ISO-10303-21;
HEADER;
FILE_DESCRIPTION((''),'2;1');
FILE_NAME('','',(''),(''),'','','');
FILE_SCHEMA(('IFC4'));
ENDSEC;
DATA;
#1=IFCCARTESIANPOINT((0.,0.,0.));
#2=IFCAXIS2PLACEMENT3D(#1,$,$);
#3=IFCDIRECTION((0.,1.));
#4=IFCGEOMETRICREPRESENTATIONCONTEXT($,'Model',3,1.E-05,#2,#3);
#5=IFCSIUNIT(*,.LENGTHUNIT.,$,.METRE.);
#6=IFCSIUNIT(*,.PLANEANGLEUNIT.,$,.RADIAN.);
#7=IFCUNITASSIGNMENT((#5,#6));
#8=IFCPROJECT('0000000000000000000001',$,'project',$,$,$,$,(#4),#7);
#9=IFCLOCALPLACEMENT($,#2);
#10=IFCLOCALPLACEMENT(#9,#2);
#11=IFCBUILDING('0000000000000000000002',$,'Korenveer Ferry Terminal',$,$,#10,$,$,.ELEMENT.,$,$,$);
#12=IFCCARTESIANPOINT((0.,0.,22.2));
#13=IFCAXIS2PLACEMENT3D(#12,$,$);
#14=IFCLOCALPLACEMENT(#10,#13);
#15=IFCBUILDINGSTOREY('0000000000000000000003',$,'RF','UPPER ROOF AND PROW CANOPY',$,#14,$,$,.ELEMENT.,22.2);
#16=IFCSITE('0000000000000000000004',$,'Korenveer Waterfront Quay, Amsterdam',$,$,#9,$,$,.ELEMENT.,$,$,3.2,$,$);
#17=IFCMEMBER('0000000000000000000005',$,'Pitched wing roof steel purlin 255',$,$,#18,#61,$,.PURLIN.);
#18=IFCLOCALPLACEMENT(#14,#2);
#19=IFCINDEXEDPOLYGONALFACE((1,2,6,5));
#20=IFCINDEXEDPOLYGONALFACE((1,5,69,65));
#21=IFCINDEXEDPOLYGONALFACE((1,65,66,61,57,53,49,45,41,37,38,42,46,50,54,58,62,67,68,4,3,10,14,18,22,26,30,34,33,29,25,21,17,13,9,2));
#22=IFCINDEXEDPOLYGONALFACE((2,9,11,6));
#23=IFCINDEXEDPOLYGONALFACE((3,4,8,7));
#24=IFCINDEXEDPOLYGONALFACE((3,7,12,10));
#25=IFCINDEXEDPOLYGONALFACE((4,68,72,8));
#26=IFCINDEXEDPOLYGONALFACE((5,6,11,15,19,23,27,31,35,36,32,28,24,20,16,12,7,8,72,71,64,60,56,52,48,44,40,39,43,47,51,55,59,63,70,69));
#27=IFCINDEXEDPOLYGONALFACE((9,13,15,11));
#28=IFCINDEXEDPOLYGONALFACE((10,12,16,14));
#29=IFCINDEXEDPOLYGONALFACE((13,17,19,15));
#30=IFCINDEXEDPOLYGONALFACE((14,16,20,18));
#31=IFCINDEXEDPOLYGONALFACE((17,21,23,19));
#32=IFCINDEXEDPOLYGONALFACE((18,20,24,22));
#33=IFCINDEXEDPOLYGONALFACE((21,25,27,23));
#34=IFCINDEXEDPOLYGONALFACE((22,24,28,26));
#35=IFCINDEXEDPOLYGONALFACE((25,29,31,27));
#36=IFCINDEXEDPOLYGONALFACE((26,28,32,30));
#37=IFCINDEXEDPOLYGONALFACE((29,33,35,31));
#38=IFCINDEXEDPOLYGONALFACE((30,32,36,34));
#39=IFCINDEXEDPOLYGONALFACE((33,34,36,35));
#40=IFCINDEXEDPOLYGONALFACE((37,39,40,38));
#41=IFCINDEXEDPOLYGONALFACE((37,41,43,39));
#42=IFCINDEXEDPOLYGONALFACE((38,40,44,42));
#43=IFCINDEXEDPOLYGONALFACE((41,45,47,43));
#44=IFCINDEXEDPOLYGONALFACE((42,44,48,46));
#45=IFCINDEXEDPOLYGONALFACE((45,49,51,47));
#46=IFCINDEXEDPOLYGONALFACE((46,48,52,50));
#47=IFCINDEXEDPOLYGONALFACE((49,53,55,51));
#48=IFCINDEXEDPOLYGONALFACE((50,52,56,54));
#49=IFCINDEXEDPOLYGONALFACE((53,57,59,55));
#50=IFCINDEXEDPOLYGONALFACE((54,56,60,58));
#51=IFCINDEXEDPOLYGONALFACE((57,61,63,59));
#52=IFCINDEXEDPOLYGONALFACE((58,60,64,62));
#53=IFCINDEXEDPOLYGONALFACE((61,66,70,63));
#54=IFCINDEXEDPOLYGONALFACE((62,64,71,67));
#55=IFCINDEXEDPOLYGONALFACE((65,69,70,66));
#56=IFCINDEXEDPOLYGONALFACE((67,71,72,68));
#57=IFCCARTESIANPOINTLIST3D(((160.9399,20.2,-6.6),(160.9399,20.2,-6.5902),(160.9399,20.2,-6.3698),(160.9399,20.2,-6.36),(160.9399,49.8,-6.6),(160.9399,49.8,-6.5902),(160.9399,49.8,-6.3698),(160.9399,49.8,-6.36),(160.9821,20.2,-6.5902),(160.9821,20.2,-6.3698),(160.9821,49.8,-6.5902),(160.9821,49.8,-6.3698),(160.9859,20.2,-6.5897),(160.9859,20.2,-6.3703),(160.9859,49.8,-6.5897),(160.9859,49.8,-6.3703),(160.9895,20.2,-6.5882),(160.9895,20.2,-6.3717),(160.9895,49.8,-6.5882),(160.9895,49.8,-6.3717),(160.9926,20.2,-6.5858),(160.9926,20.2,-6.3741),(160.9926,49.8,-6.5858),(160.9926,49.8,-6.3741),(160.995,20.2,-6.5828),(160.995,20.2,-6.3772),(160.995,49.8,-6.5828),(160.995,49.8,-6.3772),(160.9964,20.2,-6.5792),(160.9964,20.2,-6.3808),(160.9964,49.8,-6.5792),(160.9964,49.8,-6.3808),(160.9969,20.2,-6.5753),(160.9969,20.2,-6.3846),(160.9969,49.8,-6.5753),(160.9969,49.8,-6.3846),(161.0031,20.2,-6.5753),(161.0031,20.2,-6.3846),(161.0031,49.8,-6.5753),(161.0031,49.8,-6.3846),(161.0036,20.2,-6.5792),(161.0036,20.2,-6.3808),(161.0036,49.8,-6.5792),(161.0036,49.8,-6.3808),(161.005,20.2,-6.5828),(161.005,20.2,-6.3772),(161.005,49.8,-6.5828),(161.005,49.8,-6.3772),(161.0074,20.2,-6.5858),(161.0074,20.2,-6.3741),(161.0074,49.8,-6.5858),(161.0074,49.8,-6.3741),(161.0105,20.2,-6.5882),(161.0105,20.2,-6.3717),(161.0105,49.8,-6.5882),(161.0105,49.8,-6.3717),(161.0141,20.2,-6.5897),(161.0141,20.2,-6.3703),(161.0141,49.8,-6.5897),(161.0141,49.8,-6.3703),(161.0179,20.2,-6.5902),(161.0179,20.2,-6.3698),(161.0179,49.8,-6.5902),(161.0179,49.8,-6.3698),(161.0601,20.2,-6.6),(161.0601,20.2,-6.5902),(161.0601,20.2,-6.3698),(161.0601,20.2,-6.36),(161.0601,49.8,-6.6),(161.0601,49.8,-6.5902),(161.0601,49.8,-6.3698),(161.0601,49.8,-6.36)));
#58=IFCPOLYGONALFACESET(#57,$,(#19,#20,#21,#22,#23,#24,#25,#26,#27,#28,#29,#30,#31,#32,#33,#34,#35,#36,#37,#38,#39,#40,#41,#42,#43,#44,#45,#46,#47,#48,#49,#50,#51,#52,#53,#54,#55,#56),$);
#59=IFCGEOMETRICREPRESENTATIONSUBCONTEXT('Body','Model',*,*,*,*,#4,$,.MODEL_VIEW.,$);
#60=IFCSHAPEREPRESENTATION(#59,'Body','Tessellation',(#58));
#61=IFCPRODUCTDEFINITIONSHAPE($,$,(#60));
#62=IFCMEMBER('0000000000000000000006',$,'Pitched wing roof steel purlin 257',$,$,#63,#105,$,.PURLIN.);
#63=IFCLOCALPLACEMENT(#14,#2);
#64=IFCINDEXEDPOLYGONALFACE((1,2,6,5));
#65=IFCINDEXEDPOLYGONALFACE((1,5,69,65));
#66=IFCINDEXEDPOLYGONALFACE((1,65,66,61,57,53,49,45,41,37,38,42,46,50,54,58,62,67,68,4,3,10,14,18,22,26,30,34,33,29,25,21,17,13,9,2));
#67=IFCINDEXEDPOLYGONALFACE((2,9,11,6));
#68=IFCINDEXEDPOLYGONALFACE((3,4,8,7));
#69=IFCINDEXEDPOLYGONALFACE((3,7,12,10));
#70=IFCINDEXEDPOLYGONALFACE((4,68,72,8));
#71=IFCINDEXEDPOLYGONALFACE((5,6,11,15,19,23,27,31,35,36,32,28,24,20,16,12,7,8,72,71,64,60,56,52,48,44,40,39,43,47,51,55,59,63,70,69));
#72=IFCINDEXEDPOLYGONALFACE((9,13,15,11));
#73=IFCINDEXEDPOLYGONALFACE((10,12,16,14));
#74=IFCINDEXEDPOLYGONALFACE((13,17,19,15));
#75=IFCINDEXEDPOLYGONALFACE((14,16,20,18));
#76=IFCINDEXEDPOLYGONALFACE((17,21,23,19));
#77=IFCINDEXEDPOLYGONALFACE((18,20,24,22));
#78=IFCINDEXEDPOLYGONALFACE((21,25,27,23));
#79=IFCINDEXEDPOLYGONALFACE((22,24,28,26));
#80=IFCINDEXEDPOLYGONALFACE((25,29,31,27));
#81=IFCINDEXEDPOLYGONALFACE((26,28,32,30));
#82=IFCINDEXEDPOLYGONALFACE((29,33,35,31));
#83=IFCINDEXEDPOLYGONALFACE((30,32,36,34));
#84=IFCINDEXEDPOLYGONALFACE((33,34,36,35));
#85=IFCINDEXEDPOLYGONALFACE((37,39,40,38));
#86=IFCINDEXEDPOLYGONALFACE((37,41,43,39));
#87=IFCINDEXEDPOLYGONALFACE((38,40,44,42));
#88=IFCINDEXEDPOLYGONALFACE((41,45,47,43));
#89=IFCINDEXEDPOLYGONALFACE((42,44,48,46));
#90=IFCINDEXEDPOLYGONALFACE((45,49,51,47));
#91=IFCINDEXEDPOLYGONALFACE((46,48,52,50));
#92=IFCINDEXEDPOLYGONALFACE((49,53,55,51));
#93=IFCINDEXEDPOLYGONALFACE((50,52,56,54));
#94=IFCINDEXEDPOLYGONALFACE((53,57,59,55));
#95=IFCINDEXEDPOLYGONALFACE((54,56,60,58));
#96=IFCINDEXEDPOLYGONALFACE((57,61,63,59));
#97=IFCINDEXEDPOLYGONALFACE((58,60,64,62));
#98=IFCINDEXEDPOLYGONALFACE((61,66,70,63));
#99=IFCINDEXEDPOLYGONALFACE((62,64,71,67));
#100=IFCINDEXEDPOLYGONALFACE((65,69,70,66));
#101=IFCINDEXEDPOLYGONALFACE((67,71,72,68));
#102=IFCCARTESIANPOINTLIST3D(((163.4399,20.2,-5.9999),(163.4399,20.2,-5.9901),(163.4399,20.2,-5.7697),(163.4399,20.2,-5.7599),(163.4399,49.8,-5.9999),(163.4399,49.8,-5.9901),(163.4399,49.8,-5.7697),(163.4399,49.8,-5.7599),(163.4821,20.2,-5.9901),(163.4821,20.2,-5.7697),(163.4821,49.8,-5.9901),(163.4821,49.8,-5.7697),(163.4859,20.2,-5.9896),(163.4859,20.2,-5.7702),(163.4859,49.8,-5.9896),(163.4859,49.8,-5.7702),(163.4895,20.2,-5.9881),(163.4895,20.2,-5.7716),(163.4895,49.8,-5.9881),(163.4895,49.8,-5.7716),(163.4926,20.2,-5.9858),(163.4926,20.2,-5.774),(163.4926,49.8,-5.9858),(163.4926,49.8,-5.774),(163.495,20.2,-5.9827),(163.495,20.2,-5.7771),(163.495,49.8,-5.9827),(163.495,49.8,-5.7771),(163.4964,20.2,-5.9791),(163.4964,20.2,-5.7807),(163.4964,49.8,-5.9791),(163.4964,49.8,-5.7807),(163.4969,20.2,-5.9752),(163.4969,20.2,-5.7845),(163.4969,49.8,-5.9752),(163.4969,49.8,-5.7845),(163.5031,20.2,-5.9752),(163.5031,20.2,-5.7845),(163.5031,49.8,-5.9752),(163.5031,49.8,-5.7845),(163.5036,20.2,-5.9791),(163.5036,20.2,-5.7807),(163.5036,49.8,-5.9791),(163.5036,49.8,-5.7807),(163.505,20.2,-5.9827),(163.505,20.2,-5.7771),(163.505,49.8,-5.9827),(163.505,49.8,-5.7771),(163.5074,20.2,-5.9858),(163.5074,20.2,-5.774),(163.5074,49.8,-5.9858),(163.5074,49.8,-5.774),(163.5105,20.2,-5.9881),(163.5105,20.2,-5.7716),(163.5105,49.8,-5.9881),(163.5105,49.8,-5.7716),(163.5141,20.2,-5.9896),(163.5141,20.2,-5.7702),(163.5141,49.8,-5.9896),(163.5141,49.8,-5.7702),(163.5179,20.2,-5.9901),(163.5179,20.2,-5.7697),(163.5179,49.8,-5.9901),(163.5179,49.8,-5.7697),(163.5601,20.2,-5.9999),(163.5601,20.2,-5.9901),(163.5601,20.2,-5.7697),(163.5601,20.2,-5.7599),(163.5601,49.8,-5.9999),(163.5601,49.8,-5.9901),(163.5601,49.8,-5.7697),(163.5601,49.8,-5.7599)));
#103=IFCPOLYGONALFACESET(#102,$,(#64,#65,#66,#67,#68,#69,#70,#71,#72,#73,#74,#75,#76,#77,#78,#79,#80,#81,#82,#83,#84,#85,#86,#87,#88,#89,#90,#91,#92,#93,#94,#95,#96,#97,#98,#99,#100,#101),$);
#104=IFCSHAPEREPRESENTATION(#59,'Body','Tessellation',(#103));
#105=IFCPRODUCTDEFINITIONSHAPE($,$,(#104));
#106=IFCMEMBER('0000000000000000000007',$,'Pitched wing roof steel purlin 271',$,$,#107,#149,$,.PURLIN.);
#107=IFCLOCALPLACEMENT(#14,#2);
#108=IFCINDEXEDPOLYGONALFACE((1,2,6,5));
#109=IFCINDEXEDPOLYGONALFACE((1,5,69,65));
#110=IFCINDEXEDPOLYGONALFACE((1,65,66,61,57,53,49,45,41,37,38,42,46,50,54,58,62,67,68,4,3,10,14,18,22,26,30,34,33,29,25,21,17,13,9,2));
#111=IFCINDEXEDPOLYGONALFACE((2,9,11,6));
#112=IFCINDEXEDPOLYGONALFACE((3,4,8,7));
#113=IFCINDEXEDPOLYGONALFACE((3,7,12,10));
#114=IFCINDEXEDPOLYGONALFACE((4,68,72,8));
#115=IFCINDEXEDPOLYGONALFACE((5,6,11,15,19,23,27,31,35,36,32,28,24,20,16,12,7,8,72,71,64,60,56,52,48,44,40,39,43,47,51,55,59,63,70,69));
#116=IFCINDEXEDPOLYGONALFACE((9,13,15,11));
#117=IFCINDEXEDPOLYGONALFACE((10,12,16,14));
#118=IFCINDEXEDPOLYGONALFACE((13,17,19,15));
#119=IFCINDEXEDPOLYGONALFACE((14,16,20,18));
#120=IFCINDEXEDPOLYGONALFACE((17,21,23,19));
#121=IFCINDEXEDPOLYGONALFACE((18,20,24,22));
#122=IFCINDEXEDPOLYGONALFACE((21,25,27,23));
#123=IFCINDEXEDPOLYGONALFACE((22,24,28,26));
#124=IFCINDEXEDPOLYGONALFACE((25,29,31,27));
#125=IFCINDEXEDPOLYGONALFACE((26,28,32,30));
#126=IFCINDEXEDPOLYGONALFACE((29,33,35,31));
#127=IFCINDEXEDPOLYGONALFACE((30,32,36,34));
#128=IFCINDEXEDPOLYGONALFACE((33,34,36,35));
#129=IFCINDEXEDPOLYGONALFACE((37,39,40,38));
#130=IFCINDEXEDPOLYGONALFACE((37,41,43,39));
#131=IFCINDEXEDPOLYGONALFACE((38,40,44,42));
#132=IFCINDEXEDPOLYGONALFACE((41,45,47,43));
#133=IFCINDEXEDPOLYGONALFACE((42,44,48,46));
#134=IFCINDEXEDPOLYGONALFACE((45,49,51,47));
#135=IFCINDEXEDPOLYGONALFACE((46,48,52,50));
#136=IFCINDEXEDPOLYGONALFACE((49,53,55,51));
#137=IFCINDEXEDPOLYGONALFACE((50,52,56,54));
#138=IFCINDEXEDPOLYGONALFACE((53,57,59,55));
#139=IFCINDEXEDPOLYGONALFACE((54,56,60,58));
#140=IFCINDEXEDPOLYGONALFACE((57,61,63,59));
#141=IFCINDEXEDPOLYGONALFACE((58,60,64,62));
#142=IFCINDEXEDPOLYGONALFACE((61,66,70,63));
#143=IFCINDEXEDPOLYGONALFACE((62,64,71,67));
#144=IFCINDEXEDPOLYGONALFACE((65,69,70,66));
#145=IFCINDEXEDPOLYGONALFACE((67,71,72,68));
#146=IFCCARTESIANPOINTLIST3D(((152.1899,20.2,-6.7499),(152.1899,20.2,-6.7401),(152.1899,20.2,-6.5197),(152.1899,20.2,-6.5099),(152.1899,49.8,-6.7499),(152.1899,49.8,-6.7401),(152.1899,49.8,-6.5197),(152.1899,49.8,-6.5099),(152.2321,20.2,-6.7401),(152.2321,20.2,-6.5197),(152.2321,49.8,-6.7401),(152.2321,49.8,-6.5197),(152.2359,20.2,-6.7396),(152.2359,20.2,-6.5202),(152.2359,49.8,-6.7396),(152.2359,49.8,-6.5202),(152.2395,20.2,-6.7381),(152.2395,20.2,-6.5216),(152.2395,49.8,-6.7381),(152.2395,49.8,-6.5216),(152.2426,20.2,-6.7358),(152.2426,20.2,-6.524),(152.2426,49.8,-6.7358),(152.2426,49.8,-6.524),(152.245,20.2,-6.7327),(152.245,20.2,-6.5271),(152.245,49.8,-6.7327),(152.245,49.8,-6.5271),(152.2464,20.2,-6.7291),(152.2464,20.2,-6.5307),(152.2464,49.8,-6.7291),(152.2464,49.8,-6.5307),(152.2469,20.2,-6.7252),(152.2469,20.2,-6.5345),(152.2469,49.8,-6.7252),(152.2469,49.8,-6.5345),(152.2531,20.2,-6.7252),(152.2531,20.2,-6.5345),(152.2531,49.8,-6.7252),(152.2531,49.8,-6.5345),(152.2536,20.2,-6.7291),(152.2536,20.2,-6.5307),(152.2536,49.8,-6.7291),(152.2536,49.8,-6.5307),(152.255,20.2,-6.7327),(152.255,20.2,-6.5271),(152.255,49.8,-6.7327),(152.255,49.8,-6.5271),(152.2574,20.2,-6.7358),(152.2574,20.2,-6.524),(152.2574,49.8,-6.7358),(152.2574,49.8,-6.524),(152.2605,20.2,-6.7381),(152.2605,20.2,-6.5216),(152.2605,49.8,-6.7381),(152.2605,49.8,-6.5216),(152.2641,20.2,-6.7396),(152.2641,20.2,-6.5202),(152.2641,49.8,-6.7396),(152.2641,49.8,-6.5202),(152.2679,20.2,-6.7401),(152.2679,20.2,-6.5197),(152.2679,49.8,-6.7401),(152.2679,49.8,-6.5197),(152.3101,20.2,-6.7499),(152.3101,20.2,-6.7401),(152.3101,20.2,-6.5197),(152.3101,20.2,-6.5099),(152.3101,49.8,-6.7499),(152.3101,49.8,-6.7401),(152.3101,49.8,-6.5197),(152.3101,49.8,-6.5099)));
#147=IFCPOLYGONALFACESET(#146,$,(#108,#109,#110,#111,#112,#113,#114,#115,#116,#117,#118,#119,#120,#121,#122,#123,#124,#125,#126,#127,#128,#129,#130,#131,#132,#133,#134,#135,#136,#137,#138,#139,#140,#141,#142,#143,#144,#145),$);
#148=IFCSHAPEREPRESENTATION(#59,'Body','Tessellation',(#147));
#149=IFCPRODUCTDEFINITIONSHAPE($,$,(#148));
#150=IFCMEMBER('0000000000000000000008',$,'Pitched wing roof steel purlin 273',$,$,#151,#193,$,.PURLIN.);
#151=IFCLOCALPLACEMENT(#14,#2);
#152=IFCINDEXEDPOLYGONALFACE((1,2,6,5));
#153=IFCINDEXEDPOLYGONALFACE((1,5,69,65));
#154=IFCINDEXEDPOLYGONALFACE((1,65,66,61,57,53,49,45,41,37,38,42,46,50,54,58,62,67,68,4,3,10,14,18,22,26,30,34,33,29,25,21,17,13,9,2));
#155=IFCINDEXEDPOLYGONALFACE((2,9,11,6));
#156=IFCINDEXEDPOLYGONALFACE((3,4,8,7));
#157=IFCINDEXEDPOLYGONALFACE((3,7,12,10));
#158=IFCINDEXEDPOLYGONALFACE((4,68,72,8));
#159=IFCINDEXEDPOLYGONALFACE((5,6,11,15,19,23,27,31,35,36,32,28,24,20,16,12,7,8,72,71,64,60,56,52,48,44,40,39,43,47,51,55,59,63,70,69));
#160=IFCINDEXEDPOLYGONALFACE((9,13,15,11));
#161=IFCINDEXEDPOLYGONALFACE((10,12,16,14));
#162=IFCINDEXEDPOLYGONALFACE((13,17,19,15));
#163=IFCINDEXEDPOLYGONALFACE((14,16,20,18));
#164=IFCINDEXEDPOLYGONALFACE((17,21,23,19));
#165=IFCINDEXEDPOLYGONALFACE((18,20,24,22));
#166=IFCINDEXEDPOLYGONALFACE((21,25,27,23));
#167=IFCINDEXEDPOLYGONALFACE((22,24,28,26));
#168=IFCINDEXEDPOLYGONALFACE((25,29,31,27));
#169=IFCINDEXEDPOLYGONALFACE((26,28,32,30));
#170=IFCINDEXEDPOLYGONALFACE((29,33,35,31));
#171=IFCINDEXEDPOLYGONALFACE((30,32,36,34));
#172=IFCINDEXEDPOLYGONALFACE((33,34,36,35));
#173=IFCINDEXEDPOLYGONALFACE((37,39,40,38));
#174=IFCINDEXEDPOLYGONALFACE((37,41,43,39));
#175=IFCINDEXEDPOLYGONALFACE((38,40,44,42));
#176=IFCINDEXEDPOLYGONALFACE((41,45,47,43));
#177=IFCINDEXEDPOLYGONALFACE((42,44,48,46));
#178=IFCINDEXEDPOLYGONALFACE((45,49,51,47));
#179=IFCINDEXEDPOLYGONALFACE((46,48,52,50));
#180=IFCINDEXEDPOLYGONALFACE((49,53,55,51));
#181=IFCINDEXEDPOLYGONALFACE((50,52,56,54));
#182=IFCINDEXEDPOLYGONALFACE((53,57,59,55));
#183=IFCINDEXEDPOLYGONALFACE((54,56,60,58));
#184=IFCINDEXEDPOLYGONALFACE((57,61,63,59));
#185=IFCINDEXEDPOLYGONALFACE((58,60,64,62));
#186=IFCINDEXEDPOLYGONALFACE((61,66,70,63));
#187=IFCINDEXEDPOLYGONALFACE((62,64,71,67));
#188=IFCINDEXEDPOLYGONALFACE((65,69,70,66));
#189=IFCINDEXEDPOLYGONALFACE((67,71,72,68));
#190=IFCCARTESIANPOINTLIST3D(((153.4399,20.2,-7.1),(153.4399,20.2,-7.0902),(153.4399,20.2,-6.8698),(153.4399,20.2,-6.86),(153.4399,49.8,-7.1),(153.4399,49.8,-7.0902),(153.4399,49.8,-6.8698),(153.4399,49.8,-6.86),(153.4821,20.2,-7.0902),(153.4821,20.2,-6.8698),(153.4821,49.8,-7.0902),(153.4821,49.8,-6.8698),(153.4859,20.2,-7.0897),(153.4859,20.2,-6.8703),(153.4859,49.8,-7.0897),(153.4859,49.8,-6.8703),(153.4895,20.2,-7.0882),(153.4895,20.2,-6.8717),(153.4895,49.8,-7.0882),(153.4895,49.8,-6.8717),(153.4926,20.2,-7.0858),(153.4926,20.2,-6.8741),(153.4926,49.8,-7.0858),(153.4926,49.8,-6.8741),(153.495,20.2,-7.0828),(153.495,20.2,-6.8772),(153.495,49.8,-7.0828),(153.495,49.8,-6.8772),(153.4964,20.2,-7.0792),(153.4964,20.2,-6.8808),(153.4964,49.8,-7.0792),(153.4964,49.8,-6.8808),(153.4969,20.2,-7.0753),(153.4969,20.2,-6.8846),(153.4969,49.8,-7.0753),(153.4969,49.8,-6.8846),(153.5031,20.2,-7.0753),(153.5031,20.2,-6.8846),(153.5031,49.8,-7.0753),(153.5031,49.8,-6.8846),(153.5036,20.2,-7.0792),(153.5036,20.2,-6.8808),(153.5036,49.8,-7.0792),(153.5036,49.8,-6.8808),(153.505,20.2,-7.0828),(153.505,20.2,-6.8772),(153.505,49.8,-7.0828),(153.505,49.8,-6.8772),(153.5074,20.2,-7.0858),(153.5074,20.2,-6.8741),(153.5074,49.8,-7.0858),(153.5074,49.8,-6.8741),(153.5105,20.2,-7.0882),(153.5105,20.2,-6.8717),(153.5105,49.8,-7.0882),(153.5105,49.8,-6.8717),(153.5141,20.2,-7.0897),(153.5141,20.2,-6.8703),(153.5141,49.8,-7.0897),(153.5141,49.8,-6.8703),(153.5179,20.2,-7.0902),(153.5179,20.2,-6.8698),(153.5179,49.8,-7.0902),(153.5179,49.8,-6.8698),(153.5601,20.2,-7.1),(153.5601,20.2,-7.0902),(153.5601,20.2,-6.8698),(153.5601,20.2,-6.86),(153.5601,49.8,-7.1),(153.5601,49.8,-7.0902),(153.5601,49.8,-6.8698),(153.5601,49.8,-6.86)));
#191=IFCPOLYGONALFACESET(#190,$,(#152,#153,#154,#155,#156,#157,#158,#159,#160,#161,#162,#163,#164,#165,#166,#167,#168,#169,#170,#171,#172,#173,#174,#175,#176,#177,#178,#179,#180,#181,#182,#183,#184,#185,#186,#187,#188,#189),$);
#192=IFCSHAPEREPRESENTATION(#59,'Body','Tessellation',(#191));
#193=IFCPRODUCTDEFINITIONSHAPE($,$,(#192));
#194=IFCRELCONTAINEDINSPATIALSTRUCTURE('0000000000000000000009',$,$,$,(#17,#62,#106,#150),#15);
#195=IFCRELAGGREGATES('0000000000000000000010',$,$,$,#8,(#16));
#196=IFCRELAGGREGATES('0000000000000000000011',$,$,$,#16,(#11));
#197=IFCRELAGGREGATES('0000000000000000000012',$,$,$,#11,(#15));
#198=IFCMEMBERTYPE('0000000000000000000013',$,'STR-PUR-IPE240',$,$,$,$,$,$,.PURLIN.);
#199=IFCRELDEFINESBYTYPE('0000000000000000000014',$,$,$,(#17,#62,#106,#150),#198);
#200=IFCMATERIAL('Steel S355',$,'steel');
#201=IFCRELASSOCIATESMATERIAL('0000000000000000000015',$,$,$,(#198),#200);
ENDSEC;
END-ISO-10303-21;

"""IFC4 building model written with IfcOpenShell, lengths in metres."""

from ifc_helpers import new_model, si_unit, direction, frame, origin, origin_2d, place, context, subcontext, project, spatial, i_section, extrude, material, material_profile, profile_set, type_object, element, save


model = new_model("IFC4")

# Units and contexts
model_context = context("Model", 3, precision=1e-05, world=origin(), true_north=direction((0.0, 1.0)))
body_context = subcontext(model_context, "Body", "Model", "MODEL_VIEW")
ifc_project = project(units=[si_unit("LENGTHUNIT", "METRE"), si_unit("PLANEANGLEUNIT", "RADIAN")], contexts=[model_context])

# Site, building, storey
site_placement = place(None, origin())
site = spatial("IfcSite", under=ifc_project, at=site_placement, Name="Korenveer Waterfront Quay, Amsterdam", CompositionType="ELEMENT", RefElevation=3.2)
building_placement = place(site_placement, origin())
building = spatial("IfcBuilding", under=site, at=building_placement, Name="Korenveer Ferry Terminal", CompositionType="ELEMENT")
storey_placement = place(building_placement, frame((0.0, 0.0, 22.2)))
storey = spatial("IfcBuildingStorey", under=building, at=storey_placement, Name="RF", Description="UPPER ROOF AND PROW CANOPY", CompositionType="ELEMENT", Elevation=22.2)

# Shared definitions
ifc_material_1 = material(Name="Steel S355", Category="steel")

# Members
ifc_material_profile_1 = material_profile(ifc_material_1, i_section(OverallWidth=0.1201, OverallDepth=0.24, WebThickness=0.0061, FlangeThickness=0.0098, FilletRadius=0.0149, at=origin_2d()), Name="IPE 240")
ifc_profile_set_1 = profile_set([ifc_material_profile_1], Name="Steel S355")
member_type_1 = type_object("IfcMemberType", Name="STR-PUR-IPE240", PredefinedType="PURLIN", material=ifc_profile_set_1)
for number, where, z_axis, x_axis, name in (
    (1, (161.0, 20.2, -6.48), (0.0, 1.0, 0.0), (-1.0, 0.0, 0.0), "Pitched wing roof steel purlin 255"),
    (2, (163.5, 20.2, -5.8799), (0.0, 1.0, 0.0), (-1.0, 0.0, 0.0), "Pitched wing roof steel purlin 257"),
    (3, (152.25, 20.2, -6.6299), (0.0, 1.0, 0.0), (-1.0, 0.0, 0.0), "Pitched wing roof steel purlin 271"),
    (4, (153.5, 20.2, -6.98), (0.0, 1.0, 0.0), (-1.0, 0.0, 0.0), "Pitched wing roof steel purlin 273"),
):
    element("IfcMember", number, at=place(storey_placement, frame(where, z_axis=z_axis, x_axis=x_axis)), inside=storey, type_object=member_type_1, Name=name, PredefinedType="PURLIN", context=body_context, shape_type="SweptSolid", body=[
        extrude(i_section(OverallWidth=0.1201, OverallDepth=0.24, WebThickness=0.0061, FlangeThickness=0.0098, FilletRadius=0.0149, at=origin_2d()), origin(), (0.0, 0.0, 1.0), 29.6001),
    ])

save(model, "model.ifc")
